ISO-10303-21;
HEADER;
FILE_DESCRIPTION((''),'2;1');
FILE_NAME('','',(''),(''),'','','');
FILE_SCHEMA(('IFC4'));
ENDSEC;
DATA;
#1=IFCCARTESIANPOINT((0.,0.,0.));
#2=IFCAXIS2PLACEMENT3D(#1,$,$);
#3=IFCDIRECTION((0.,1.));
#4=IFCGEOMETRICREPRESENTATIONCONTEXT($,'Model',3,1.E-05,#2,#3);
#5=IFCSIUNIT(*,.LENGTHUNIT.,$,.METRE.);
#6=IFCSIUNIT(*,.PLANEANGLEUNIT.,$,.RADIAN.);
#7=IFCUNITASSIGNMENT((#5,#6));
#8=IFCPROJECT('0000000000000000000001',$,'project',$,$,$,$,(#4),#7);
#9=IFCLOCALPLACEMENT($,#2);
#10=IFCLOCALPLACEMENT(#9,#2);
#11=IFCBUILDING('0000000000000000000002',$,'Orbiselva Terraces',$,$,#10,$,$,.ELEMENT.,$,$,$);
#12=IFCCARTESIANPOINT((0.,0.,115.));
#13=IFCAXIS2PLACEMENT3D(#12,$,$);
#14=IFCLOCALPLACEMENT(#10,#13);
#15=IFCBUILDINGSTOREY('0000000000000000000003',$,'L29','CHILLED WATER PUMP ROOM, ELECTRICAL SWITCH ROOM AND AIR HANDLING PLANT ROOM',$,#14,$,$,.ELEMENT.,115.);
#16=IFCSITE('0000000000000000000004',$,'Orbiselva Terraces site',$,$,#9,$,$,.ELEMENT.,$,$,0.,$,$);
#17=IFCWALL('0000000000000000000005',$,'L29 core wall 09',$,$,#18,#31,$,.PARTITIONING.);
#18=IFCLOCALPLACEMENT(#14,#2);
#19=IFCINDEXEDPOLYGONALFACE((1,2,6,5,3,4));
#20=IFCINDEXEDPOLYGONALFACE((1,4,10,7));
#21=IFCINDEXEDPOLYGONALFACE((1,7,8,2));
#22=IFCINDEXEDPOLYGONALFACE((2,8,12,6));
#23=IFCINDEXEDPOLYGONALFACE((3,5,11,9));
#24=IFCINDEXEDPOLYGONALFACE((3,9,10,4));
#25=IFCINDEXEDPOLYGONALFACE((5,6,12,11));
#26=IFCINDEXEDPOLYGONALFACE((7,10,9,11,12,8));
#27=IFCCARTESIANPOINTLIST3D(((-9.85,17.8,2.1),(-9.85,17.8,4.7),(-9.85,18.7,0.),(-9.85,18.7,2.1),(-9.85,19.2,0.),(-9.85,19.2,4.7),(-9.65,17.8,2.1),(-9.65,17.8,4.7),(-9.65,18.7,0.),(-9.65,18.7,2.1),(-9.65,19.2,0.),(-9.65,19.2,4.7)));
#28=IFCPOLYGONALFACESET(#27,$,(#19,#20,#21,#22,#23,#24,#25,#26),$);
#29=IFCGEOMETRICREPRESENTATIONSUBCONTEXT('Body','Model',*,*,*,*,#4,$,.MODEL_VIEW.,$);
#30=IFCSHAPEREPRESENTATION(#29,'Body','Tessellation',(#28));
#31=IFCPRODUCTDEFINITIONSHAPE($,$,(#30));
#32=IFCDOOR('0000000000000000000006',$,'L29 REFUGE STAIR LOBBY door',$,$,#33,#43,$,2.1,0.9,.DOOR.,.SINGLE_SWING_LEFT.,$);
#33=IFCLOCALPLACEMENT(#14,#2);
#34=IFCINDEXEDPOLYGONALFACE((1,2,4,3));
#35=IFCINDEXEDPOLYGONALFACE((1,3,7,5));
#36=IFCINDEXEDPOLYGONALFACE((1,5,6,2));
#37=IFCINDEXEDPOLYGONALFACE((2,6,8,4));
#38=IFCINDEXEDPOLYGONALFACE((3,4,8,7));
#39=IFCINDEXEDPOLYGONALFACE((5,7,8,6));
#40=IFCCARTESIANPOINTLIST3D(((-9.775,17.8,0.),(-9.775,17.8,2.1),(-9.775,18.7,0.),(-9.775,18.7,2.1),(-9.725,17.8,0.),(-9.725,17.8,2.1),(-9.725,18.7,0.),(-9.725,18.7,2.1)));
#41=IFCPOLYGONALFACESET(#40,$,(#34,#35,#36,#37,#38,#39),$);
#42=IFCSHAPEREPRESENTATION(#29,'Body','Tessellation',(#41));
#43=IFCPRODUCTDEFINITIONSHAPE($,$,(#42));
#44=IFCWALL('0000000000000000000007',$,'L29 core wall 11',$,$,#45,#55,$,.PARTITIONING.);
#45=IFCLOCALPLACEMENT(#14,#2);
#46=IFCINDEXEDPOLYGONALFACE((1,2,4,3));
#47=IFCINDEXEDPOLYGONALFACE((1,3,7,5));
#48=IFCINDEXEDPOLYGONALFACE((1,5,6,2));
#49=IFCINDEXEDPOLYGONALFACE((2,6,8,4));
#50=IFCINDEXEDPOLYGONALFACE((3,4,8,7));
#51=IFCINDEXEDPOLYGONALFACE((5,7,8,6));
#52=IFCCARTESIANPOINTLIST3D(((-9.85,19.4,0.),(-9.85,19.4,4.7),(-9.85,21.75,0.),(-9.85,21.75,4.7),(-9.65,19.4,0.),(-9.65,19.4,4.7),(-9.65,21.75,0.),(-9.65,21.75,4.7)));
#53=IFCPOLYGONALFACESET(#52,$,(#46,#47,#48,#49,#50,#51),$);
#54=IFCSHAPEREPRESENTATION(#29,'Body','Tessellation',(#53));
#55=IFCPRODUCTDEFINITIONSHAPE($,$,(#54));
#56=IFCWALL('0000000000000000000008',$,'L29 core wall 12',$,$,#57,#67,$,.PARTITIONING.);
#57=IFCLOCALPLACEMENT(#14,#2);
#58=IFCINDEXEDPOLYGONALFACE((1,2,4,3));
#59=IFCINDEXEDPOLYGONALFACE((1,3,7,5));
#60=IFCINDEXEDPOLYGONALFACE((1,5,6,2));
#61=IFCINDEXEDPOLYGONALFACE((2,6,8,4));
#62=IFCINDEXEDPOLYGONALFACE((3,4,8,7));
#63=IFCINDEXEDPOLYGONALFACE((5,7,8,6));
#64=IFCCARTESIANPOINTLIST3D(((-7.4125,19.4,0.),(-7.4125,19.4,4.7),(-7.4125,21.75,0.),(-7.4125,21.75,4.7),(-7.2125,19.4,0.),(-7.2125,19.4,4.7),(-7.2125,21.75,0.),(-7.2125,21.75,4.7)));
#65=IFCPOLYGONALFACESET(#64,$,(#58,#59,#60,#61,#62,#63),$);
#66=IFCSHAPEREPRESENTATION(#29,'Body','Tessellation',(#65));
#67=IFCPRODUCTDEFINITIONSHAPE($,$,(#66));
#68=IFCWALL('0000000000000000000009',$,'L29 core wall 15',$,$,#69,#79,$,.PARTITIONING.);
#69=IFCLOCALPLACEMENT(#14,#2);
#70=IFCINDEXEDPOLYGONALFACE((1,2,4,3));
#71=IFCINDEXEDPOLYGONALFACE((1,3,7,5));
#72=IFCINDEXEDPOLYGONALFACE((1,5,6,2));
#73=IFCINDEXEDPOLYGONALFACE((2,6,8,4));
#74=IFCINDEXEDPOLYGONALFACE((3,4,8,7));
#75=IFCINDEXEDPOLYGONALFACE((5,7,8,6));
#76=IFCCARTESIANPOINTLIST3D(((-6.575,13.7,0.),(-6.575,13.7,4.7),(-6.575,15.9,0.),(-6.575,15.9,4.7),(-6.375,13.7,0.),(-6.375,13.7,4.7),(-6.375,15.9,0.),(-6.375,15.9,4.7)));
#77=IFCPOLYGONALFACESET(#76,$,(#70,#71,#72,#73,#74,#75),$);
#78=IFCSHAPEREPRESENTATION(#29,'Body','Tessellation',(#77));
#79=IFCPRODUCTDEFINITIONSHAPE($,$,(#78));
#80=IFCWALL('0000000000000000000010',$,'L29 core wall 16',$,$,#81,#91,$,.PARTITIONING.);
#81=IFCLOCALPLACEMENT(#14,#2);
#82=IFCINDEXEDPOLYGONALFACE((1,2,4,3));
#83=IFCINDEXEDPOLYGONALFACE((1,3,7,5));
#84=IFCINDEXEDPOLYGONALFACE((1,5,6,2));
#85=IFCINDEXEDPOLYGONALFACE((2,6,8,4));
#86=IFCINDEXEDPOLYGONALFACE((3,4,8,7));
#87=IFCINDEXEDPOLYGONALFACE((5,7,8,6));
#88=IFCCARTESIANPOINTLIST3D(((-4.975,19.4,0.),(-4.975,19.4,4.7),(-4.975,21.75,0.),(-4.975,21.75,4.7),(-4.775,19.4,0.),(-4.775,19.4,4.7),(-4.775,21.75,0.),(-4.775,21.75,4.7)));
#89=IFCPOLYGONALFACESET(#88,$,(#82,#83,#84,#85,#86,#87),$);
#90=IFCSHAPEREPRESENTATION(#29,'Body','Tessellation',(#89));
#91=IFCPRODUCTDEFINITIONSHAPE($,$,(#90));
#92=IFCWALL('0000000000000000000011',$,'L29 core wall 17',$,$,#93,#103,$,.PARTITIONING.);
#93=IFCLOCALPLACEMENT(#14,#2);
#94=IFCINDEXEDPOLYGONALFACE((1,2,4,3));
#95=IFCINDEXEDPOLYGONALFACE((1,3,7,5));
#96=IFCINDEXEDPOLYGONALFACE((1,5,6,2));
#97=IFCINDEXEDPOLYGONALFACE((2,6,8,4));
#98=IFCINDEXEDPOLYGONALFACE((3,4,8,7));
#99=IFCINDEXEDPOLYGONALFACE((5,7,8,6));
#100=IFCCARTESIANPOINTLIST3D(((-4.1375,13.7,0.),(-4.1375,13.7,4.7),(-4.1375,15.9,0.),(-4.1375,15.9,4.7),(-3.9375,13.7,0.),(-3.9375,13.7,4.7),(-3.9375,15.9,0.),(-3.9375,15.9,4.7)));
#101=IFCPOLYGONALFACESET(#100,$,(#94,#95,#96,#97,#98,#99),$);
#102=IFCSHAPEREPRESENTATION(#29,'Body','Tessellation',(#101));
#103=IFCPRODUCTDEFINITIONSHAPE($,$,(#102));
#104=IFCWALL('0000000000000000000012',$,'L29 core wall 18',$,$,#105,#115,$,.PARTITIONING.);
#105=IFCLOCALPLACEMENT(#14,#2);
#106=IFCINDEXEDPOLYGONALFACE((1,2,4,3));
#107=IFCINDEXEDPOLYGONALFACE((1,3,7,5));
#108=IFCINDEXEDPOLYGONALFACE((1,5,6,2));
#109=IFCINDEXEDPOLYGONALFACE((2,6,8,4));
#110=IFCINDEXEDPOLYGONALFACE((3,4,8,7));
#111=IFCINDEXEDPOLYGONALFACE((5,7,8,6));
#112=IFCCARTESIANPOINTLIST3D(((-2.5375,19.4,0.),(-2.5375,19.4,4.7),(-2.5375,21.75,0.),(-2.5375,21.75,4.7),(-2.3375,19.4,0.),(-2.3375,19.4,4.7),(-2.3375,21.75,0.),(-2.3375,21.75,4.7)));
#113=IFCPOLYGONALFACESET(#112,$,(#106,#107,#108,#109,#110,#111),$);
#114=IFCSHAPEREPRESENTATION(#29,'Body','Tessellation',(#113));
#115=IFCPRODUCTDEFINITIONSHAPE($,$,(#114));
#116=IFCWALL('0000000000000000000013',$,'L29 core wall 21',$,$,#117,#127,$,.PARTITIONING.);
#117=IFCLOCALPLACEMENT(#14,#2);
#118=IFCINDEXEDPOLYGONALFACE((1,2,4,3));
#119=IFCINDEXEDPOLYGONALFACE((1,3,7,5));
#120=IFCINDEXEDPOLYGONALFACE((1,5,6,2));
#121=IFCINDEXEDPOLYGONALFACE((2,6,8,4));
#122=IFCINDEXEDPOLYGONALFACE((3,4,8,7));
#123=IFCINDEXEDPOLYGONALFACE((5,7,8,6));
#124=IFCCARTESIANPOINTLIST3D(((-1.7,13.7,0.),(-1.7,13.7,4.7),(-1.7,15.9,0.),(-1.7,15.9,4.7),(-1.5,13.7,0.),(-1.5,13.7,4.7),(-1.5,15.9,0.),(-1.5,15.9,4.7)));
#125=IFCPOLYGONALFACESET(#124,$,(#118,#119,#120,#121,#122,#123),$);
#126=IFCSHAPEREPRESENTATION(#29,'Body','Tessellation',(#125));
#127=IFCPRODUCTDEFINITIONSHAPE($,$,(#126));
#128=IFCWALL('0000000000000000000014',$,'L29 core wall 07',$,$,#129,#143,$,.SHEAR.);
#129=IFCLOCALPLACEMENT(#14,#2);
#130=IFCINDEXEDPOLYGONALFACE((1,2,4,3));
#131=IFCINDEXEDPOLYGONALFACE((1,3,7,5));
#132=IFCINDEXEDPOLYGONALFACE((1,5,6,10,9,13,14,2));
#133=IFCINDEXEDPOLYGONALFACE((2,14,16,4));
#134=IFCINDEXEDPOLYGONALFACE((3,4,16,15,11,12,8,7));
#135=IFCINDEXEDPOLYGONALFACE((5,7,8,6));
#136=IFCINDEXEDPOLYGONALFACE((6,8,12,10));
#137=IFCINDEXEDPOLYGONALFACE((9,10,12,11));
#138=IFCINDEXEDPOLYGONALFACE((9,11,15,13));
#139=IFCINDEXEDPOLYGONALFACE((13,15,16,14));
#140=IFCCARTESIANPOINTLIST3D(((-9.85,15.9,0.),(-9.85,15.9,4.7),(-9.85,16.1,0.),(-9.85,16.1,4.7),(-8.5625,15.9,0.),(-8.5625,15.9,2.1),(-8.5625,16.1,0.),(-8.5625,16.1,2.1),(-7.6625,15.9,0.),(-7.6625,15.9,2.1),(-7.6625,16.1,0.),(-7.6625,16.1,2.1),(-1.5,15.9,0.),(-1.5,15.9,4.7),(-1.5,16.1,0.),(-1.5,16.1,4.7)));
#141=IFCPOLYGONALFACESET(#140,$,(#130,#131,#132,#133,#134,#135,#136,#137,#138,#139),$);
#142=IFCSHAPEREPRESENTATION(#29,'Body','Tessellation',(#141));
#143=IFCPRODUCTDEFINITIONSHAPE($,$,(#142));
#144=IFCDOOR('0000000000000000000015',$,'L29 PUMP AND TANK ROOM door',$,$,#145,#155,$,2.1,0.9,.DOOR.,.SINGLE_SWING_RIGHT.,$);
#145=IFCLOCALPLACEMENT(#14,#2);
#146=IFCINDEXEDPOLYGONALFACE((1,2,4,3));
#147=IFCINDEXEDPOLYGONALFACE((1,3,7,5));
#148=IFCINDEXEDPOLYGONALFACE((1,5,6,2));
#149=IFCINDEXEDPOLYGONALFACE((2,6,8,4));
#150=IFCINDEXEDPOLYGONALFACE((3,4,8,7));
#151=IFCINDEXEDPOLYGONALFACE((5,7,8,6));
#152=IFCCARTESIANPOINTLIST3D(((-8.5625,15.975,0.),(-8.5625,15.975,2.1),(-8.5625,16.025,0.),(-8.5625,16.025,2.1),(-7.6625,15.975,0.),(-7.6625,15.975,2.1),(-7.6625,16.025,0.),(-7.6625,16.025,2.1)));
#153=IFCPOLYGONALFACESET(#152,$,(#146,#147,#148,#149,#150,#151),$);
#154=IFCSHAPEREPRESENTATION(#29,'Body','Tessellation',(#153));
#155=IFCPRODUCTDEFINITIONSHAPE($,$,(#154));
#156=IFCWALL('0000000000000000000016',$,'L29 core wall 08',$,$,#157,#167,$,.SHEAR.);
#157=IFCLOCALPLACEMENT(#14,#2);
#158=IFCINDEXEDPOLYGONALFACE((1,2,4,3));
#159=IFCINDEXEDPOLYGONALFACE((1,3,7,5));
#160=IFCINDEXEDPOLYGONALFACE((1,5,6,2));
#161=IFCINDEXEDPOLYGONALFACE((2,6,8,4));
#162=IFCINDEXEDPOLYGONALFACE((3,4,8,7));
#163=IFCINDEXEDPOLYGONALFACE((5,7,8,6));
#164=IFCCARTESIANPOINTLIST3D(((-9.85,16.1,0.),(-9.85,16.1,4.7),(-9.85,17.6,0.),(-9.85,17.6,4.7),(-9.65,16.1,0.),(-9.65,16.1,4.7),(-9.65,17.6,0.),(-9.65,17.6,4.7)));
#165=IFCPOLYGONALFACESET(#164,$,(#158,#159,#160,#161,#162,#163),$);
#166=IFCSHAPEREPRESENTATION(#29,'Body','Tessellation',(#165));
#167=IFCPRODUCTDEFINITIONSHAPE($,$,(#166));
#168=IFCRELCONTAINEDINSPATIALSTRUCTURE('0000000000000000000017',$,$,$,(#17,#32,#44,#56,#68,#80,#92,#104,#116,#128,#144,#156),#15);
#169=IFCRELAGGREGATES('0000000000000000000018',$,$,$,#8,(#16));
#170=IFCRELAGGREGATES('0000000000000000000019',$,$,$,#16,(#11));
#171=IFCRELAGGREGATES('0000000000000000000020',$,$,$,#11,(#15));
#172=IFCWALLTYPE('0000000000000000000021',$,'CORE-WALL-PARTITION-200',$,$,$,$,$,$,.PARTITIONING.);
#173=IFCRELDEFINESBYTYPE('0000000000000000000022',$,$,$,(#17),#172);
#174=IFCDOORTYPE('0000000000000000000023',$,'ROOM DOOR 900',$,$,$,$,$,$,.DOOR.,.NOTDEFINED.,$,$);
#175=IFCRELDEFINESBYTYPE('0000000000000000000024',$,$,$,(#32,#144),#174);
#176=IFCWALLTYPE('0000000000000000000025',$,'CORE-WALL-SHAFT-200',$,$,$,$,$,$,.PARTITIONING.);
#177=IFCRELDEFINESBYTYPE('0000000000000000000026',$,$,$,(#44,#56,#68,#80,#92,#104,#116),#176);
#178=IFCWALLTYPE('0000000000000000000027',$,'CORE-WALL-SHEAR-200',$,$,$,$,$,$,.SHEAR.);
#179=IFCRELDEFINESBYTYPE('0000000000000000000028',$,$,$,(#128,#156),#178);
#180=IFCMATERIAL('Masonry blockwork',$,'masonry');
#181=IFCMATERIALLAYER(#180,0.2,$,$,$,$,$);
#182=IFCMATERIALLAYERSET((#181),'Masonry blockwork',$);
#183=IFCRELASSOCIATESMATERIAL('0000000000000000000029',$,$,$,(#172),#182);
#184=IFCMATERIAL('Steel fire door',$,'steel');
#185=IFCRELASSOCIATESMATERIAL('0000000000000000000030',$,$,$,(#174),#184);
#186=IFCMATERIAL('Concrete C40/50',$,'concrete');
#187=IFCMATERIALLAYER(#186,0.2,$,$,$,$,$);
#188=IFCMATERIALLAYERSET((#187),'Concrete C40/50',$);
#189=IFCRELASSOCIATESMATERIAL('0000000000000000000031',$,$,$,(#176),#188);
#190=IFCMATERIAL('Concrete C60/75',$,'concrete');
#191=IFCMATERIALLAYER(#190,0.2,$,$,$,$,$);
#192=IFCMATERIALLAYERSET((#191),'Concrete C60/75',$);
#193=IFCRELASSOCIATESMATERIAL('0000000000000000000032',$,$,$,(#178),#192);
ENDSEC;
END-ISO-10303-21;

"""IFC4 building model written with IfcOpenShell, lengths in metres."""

from ifc_helpers import new_model, si_unit, direction, frame, frame_2d, origin, place, context, subcontext, project, spatial, rectangle, extrude, material, layer, layer_set, type_object, element, fill, save


model = new_model("IFC4")

# Units and contexts
model_context = context("Model", 3, precision=1e-05, world=origin(), true_north=direction((0.0, 1.0)))
body_context = subcontext(model_context, "Body", "Model", "MODEL_VIEW")
ifc_project = project(units=[si_unit("LENGTHUNIT", "METRE"), si_unit("PLANEANGLEUNIT", "RADIAN")], contexts=[model_context])

# Site, building, storey
site_placement = place(None, origin())
site = spatial("IfcSite", under=ifc_project, at=site_placement, Name="Orbiselva Terraces site", CompositionType="ELEMENT", RefElevation=0.0)
building_placement = place(site_placement, origin())
building = spatial("IfcBuilding", under=site, at=building_placement, Name="Orbiselva Terraces", CompositionType="ELEMENT")
storey_placement = place(building_placement, frame((0.0, 0.0, 115.0)))
storey = spatial("IfcBuildingStorey", under=building, at=storey_placement, Name="L29", Description="CHILLED WATER PUMP ROOM, ELECTRICAL SWITCH ROOM AND AIR HANDLING PLANT ROOM", CompositionType="ELEMENT", Elevation=115.0)

# Wall, opening, door
ifc_material_1 = material(Name="Masonry blockwork", Category="masonry")
ifc_layer_1 = layer(ifc_material_1, 0.2)
ifc_layer_set_1 = layer_set([ifc_layer_1], Name="Masonry blockwork")
wall_type_1 = type_object("IfcWallType", Name="CORE-WALL-PARTITION-200", PredefinedType="PARTITIONING", material=ifc_layer_set_1)
wall_1_placement = place(storey_placement, frame((-9.75, 17.8, 0.0), z_axis=(0.0, 0.0, 1.0), x_axis=(0.0, 1.0, 0.0)))
wall_1 = element("IfcWall", 1, at=wall_1_placement, inside=storey, type_object=wall_type_1, Name="L29 core wall 09", PredefinedType="PARTITIONING", context=body_context, shape_type="SweptSolid", body=[
    extrude(rectangle(XDim=1.4, YDim=0.2, at=frame_2d((0.7, 0.0))), origin(), (0.0, 0.0, 1.0), 4.7),
])
opening_1_placement = place(wall_1_placement, origin())
opening_1 = element("IfcOpeningElement", 2, at=opening_1_placement, cuts=wall_1, PredefinedType="OPENING", context=body_context, shape_type="SweptSolid", body=[
    extrude(rectangle(XDim=0.9, YDim=2.1, at=frame_2d((0.45, 1.05))), frame((0.0, 0.11, 0.0), z_axis=(0.0, -1.0, 0.0), x_axis=(1.0, 0.0, 0.0)), (0.0, 0.0, 1.0), 0.22),
])
ifc_material_2 = material(Name="Steel fire door", Category="steel")
door_type_1 = type_object("IfcDoorType", Name="ROOM DOOR 900", OperationType="NOTDEFINED", PredefinedType="DOOR", material=ifc_material_2)
door_1_placement = place(opening_1_placement, origin())
door_1 = element("IfcDoor", 3, at=door_1_placement, inside=storey, type_object=door_type_1, Name="L29 REFUGE STAIR LOBBY door", OperationType="SINGLE_SWING_LEFT", OverallHeight=2.1, OverallWidth=0.9, PredefinedType="DOOR", context=body_context, shape_type="SweptSolid", body=[
    extrude(rectangle(XDim=0.9, YDim=2.1, at=frame_2d((0.45, 1.05))), frame((0.0, 0.025, 0.0), z_axis=(0.0, -1.0, 0.0), x_axis=(1.0, 0.0, 0.0)), (0.0, 0.0, 1.0), 0.05),
])
fill(opening_1, door_1)

# Walls
ifc_material_3 = material(Name="Concrete C40/50", Category="concrete")
ifc_layer_2 = layer(ifc_material_3, 0.2)
ifc_layer_set_2 = layer_set([ifc_layer_2], Name="Concrete C40/50")
wall_type_2 = type_object("IfcWallType", Name="CORE-WALL-SHAFT-200", PredefinedType="PARTITIONING", material=ifc_layer_set_2)
for number, where, z_axis, x_axis, name in (
    (4, (-9.75, 19.4, 0.0), (0.0, 0.0, 1.0), (0.0, 1.0, 0.0), "L29 core wall 11"),
    (5, (-7.3125, 19.4, 0.0), (0.0, 0.0, 1.0), (0.0, 1.0, 0.0), "L29 core wall 12"),
):
    element("IfcWall", number, at=place(storey_placement, frame(where, z_axis=z_axis, x_axis=x_axis)), inside=storey, type_object=wall_type_2, Name=name, PredefinedType="PARTITIONING", context=body_context, shape_type="SweptSolid", body=[
        extrude(rectangle(XDim=2.35, YDim=0.2, at=frame_2d((1.175, 0.0))), origin(), (0.0, 0.0, 1.0), 4.7),
    ])
wall_2_placement = place(storey_placement, frame((-6.475, 13.7, 0.0), z_axis=(0.0, 0.0, 1.0), x_axis=(0.0, 1.0, 0.0)))
element("IfcWall", 6, at=wall_2_placement, inside=storey, type_object=wall_type_2, Name="L29 core wall 15", PredefinedType="PARTITIONING", context=body_context, shape_type="SweptSolid", body=[
    extrude(rectangle(XDim=2.2, YDim=0.2, at=frame_2d((1.1, 0.0))), origin(), (0.0, 0.0, 1.0), 4.7),
])
wall_3_placement = place(storey_placement, frame((-4.875, 19.4, 0.0), z_axis=(0.0, 0.0, 1.0), x_axis=(0.0, 1.0, 0.0)))
element("IfcWall", 7, at=wall_3_placement, inside=storey, type_object=wall_type_2, Name="L29 core wall 16", PredefinedType="PARTITIONING", context=body_context, shape_type="SweptSolid", body=[
    extrude(rectangle(XDim=2.35, YDim=0.2, at=frame_2d((1.175, 0.0))), origin(), (0.0, 0.0, 1.0), 4.7),
])
wall_4_placement = place(storey_placement, frame((-4.0375, 13.7, 0.0), z_axis=(0.0, 0.0, 1.0), x_axis=(0.0, 1.0, 0.0)))
element("IfcWall", 8, at=wall_4_placement, inside=storey, type_object=wall_type_2, Name="L29 core wall 17", PredefinedType="PARTITIONING", context=body_context, shape_type="SweptSolid", body=[
    extrude(rectangle(XDim=2.2, YDim=0.2, at=frame_2d((1.1, 0.0))), origin(), (0.0, 0.0, 1.0), 4.7),
])
wall_5_placement = place(storey_placement, frame((-2.4375, 19.4, 0.0), z_axis=(0.0, 0.0, 1.0), x_axis=(0.0, 1.0, 0.0)))
element("IfcWall", 9, at=wall_5_placement, inside=storey, type_object=wall_type_2, Name="L29 core wall 18", PredefinedType="PARTITIONING", context=body_context, shape_type="SweptSolid", body=[
    extrude(rectangle(XDim=2.35, YDim=0.2, at=frame_2d((1.175, 0.0))), origin(), (0.0, 0.0, 1.0), 4.7),
])
wall_6_placement = place(storey_placement, frame((-1.6, 13.7, 0.0), z_axis=(0.0, 0.0, 1.0), x_axis=(0.0, 1.0, 0.0)))
element("IfcWall", 10, at=wall_6_placement, inside=storey, type_object=wall_type_2, Name="L29 core wall 21", PredefinedType="PARTITIONING", context=body_context, shape_type="SweptSolid", body=[
    extrude(rectangle(XDim=2.2, YDim=0.2, at=frame_2d((1.1, 0.0))), origin(), (0.0, 0.0, 1.0), 4.7),
])

# Wall, opening, door
ifc_material_4 = material(Name="Concrete C60/75", Category="concrete")
ifc_layer_3 = layer(ifc_material_4, 0.2)
ifc_layer_set_3 = layer_set([ifc_layer_3], Name="Concrete C60/75")
wall_type_3 = type_object("IfcWallType", Name="CORE-WALL-SHEAR-200", PredefinedType="SHEAR", material=ifc_layer_set_3)
wall_7_placement = place(storey_placement, frame((-1.5, 16.0, 0.0), z_axis=(0.0, 0.0, 1.0), x_axis=(-1.0, 0.0, 0.0)))
wall_7 = element("IfcWall", 11, at=wall_7_placement, inside=storey, type_object=wall_type_3, Name="L29 core wall 07", PredefinedType="SHEAR", context=body_context, shape_type="SweptSolid", body=[
    extrude(rectangle(XDim=8.35, YDim=0.2, at=frame_2d((4.175, 0.0))), origin(), (0.0, 0.0, 1.0), 4.7),
])
opening_2_placement = place(wall_7_placement, frame((6.1625, 0.0, 0.0)))
opening_2 = element("IfcOpeningElement", 12, at=opening_2_placement, cuts=wall_7, PredefinedType="OPENING", context=body_context, shape_type="SweptSolid", body=[
    extrude(rectangle(XDim=0.9, YDim=2.1, at=frame_2d((0.45, 1.05))), frame((0.0, 0.11, 0.0), z_axis=(0.0, -1.0, 0.0), x_axis=(1.0, 0.0, 0.0)), (0.0, 0.0, 1.0), 0.22),
])
door_2_placement = place(opening_2_placement, origin())
door_2 = element("IfcDoor", 13, at=door_2_placement, inside=storey, type_object=door_type_1, Name="L29 PUMP AND TANK ROOM door", OperationType="SINGLE_SWING_RIGHT", OverallHeight=2.1, OverallWidth=0.9, PredefinedType="DOOR", context=body_context, shape_type="SweptSolid", body=[
    extrude(rectangle(XDim=0.9, YDim=2.1, at=frame_2d((0.45, 1.05))), frame((0.0, 0.025, 0.0), z_axis=(0.0, -1.0, 0.0), x_axis=(1.0, 0.0, 0.0)), (0.0, 0.0, 1.0), 0.05),
])
fill(opening_2, door_2)

# Wall
wall_8_placement = place(storey_placement, frame((-9.75, 16.1, 0.0), z_axis=(0.0, 0.0, 1.0), x_axis=(0.0, 1.0, 0.0)))
element("IfcWall", 14, at=wall_8_placement, inside=storey, type_object=wall_type_3, Name="L29 core wall 08", PredefinedType="SHEAR", context=body_context, shape_type="SweptSolid", body=[
    extrude(rectangle(XDim=1.5, YDim=0.2, at=frame_2d((0.75, 0.0))), origin(), (0.0, 0.0, 1.0), 4.7),
])

save(model, "model.ifc")
